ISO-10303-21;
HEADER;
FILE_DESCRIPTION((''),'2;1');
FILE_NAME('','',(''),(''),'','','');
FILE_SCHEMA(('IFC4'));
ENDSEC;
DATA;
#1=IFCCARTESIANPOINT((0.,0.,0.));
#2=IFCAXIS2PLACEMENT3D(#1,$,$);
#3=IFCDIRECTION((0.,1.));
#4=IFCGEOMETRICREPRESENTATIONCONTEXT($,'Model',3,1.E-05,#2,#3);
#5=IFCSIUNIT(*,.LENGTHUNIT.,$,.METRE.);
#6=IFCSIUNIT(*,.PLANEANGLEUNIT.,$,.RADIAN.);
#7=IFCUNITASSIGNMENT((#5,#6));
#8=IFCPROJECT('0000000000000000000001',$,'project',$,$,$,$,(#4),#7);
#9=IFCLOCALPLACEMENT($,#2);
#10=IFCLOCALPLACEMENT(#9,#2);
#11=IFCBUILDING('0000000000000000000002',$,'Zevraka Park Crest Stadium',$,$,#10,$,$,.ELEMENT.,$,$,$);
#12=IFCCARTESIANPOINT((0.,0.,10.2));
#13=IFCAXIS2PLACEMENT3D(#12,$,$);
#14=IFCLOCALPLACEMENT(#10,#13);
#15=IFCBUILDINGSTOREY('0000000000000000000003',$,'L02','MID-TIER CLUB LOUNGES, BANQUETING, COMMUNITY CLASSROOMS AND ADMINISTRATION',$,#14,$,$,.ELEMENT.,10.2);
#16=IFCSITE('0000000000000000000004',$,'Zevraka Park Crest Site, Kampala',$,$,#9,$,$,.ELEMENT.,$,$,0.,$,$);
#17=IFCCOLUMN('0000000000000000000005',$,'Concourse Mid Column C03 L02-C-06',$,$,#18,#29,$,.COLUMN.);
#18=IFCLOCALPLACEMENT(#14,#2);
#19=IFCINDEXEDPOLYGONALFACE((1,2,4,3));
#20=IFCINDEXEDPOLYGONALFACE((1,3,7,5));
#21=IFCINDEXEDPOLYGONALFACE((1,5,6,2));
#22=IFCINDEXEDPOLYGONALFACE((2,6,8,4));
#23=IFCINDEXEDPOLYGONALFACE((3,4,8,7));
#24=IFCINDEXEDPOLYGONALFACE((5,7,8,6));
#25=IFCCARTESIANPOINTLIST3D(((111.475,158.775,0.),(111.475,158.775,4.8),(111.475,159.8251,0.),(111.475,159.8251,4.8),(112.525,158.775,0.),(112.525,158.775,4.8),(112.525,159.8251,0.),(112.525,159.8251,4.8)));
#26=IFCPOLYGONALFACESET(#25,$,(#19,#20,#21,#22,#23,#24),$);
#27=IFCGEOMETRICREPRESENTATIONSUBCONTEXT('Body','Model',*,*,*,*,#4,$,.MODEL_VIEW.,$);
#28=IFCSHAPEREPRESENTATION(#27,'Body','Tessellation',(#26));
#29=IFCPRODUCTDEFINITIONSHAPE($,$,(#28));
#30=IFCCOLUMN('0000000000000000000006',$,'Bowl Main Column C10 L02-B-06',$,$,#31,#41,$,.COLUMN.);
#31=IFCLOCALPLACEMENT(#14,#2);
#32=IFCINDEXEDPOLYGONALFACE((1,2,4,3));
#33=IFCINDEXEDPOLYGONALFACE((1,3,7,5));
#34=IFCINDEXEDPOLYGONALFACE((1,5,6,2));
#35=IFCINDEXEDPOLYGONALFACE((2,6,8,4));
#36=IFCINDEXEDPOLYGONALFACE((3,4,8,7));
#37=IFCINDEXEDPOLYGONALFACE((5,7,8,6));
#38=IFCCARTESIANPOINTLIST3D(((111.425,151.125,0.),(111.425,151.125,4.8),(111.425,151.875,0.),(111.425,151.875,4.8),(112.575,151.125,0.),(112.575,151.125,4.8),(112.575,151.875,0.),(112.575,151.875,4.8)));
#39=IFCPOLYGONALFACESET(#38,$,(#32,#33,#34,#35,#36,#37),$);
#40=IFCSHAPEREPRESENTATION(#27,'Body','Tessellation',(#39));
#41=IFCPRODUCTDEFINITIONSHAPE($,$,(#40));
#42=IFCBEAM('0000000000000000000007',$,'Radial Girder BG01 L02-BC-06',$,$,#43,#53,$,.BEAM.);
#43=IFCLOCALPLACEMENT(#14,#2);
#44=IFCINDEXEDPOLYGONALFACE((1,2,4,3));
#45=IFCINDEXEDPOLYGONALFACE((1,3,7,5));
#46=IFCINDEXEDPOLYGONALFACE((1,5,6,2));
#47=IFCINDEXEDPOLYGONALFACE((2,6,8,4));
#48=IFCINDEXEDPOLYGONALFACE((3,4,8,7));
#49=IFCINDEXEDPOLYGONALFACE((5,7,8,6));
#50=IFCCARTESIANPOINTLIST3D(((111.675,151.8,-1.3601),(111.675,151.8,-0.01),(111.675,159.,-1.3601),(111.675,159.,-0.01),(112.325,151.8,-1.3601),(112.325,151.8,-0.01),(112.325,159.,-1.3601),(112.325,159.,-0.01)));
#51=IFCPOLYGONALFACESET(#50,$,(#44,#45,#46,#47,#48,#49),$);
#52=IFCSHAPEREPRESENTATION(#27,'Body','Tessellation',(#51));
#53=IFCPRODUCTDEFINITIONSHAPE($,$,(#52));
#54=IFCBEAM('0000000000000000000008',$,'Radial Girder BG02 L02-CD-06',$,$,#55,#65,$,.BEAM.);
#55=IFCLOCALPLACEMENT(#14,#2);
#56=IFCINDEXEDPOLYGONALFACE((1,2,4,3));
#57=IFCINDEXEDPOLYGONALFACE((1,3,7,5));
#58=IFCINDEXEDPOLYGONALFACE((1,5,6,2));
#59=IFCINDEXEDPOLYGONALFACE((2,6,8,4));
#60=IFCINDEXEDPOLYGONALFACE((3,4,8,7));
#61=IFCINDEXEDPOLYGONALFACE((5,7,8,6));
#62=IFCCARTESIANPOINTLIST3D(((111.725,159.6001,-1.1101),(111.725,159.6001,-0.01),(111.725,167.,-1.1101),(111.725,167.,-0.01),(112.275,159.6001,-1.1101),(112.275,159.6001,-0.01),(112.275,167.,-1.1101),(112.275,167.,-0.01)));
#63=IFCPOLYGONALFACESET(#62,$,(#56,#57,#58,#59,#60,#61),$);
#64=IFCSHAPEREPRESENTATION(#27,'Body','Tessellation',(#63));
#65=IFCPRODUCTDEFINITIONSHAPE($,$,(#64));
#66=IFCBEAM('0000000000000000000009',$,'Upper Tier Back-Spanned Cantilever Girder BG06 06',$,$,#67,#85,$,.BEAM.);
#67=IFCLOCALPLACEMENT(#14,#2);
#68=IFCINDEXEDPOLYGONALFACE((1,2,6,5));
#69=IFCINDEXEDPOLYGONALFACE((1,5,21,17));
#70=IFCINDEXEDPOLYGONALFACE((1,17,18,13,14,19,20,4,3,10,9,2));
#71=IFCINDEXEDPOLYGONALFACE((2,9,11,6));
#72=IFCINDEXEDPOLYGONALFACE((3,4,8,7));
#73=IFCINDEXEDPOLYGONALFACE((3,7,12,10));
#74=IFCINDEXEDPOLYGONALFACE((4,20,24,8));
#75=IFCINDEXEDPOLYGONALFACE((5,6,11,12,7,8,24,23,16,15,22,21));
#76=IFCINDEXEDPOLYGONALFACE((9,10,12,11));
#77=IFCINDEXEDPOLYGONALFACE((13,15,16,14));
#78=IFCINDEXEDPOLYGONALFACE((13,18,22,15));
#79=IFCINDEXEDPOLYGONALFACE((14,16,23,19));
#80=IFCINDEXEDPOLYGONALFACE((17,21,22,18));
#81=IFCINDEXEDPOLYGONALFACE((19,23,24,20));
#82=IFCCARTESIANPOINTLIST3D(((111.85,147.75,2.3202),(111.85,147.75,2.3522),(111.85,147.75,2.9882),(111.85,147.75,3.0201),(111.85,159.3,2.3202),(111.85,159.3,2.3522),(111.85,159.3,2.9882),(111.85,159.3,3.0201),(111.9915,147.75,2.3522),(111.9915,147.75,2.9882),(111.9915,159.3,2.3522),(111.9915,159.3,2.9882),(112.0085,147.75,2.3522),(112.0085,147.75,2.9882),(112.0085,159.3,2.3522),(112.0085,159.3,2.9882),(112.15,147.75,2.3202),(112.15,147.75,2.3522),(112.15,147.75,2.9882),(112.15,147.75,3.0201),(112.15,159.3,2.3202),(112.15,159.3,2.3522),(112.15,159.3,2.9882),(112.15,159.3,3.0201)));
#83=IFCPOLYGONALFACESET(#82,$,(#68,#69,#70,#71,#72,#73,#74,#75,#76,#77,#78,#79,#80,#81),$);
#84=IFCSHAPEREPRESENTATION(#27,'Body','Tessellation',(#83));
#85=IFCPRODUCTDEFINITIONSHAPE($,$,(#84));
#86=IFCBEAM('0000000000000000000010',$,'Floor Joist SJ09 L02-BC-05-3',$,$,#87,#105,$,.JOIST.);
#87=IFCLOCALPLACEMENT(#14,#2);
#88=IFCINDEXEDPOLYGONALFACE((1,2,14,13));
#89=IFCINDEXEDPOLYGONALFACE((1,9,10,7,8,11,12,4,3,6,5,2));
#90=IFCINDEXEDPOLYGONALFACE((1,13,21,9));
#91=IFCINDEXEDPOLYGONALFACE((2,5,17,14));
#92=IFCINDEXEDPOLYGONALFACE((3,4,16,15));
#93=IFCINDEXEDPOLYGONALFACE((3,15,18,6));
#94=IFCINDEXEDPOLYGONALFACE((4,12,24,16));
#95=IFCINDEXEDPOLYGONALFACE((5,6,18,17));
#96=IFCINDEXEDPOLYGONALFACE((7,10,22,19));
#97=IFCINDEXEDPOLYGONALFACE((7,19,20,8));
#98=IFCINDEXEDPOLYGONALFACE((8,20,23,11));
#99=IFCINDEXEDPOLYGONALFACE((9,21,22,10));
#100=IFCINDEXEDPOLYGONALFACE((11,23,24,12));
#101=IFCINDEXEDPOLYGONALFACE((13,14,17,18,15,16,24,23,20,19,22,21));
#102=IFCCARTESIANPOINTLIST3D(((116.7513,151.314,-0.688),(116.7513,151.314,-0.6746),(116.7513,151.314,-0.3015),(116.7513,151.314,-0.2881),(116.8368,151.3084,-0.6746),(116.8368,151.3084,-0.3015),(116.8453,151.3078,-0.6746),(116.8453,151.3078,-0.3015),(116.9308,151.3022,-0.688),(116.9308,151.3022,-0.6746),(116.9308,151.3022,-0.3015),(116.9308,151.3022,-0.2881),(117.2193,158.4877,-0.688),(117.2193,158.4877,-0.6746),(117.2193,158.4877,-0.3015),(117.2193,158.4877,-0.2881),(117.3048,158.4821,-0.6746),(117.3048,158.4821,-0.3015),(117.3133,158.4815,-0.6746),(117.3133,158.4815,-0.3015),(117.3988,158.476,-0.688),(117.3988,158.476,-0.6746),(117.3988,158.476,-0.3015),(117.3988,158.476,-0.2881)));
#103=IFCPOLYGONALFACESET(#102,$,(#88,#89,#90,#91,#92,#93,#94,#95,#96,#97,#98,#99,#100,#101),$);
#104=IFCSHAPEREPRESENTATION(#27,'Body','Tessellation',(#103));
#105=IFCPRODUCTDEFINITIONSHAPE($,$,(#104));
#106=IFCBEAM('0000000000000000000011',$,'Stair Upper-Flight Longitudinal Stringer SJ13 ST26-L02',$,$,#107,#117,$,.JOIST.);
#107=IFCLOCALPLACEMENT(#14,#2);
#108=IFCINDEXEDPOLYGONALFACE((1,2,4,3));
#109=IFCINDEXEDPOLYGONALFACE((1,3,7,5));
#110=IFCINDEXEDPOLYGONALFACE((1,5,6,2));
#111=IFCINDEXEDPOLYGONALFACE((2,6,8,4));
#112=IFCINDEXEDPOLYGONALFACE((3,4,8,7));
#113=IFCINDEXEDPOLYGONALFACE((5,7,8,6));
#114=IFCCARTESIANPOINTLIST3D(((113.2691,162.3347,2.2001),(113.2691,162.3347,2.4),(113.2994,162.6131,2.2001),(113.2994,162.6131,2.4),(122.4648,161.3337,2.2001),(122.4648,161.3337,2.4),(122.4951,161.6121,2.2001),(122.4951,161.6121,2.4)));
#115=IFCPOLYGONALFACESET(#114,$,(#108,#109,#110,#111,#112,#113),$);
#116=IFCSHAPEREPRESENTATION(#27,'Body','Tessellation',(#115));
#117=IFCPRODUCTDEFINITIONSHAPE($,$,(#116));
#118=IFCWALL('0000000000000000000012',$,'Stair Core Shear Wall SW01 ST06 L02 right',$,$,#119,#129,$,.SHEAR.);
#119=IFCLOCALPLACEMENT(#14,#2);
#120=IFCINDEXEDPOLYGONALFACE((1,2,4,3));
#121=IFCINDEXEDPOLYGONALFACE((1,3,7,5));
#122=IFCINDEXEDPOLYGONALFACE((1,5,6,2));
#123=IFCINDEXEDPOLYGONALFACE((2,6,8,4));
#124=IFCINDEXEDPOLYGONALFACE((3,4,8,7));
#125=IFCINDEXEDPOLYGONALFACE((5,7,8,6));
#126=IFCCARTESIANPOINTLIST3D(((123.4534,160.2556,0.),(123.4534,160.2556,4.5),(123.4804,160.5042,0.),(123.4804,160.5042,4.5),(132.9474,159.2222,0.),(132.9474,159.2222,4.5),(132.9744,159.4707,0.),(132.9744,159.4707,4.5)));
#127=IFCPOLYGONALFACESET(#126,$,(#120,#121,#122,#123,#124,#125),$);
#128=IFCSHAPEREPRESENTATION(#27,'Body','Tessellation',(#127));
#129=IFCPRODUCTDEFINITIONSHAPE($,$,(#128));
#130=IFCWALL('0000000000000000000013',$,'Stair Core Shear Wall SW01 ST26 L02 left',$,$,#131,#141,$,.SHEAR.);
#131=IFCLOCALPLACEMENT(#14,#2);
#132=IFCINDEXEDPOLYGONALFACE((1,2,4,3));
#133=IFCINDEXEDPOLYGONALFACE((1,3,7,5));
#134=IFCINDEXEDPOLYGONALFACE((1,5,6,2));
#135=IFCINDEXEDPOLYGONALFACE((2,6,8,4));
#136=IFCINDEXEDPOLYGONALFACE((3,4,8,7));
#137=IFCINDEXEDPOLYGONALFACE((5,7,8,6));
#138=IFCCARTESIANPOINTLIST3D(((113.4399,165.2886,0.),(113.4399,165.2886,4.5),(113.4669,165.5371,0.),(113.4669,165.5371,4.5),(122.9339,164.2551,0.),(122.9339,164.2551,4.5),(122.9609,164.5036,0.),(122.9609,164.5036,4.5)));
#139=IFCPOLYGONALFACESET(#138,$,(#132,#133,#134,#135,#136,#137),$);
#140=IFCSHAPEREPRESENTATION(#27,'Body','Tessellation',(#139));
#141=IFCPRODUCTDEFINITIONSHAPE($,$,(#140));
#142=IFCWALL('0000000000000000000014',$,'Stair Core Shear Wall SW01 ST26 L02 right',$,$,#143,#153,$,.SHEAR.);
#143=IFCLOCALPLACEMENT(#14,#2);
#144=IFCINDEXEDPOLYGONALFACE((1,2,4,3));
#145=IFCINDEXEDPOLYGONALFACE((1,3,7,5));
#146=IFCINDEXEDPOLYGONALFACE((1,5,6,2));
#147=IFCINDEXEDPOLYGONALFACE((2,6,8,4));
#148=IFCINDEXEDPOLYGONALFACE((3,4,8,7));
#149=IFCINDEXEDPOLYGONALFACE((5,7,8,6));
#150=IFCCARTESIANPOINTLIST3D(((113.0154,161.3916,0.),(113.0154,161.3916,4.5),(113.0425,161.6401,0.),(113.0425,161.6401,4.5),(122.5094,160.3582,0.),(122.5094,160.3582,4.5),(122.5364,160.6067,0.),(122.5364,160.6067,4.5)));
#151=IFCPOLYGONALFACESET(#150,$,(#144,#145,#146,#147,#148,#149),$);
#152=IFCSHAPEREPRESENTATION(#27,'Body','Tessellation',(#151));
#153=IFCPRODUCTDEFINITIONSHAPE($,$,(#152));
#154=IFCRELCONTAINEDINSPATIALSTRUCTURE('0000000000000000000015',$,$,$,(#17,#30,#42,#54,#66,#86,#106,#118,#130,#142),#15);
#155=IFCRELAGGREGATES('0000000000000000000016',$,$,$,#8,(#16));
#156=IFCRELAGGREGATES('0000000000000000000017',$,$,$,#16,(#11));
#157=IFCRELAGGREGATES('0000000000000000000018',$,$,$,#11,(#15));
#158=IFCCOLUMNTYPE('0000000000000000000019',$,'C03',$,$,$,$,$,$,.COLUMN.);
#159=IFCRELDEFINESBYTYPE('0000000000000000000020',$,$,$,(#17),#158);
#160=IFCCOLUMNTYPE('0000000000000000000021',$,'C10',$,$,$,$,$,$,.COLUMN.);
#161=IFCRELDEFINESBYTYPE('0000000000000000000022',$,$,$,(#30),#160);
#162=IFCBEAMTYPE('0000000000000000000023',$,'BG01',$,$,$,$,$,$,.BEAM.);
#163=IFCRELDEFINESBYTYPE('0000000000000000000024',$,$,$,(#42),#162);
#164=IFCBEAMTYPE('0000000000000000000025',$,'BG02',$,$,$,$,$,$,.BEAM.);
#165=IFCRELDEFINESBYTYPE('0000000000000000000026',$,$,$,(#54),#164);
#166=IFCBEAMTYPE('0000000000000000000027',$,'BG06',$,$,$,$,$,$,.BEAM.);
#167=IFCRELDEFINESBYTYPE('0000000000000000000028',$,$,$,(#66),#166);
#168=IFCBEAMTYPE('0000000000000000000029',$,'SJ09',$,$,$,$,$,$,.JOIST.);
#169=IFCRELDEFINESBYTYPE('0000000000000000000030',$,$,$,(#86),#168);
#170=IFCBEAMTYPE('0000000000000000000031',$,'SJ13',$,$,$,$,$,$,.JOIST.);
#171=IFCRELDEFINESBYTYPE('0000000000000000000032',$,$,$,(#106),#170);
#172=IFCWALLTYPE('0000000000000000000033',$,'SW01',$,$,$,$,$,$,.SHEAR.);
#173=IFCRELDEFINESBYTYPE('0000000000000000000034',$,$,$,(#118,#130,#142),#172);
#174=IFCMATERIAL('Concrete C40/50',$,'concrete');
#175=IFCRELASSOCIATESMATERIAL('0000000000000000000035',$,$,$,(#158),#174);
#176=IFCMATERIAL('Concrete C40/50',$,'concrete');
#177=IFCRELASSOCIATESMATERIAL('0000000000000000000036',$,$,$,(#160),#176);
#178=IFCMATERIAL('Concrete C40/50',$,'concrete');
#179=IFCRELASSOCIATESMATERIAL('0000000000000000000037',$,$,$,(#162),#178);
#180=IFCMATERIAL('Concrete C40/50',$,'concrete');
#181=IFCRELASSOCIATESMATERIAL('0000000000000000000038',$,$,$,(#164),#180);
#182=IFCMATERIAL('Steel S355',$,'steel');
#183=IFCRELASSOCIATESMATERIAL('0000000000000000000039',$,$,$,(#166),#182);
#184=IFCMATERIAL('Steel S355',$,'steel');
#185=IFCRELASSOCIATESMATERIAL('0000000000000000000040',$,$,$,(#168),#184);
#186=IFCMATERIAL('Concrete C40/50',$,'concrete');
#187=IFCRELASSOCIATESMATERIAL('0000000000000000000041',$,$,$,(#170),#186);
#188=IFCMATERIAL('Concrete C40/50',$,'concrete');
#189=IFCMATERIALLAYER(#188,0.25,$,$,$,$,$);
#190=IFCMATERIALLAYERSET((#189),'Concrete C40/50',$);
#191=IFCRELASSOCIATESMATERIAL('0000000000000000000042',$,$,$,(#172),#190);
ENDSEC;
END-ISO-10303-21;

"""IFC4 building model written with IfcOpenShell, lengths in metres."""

from ifc_helpers import new_model, si_unit, direction, frame, frame_2d, origin, origin_2d, place, context, subcontext, project, spatial, rectangle, i_section, extrude, material, layer, layer_set, material_profile, profile_set, type_object, element, save


model = new_model("IFC4")

# Units and contexts
model_context = context("Model", 3, precision=1e-05, world=origin(), true_north=direction((0.0, 1.0)))
body_context = subcontext(model_context, "Body", "Model", "MODEL_VIEW")
ifc_project = project(units=[si_unit("LENGTHUNIT", "METRE"), si_unit("PLANEANGLEUNIT", "RADIAN")], contexts=[model_context])

# Site, building, storey
site_placement = place(None, origin())
site = spatial("IfcSite", under=ifc_project, at=site_placement, Name="Zevraka Park Crest Site, Kampala", CompositionType="ELEMENT", RefElevation=0.0)
building_placement = place(site_placement, origin())
building = spatial("IfcBuilding", under=site, at=building_placement, Name="Zevraka Park Crest Stadium", CompositionType="ELEMENT")
storey_placement = place(building_placement, frame((0.0, 0.0, 10.2)))
storey = spatial("IfcBuildingStorey", under=building, at=storey_placement, Name="L02", Description="MID-TIER CLUB LOUNGES, BANQUETING, COMMUNITY CLASSROOMS AND ADMINISTRATION", CompositionType="ELEMENT", Elevation=10.2)

# Columns
ifc_material_1 = material(Name="Concrete C40/50", Category="concrete")
ifc_material_profile_1 = material_profile(ifc_material_1, rectangle(XDim=1.05, YDim=1.05, at=origin_2d()), Name="RC 1050x1050")
ifc_profile_set_1 = profile_set([ifc_material_profile_1], Name="Concrete C40/50")
column_type_1 = type_object("IfcColumnType", Name="C03", PredefinedType="COLUMN", material=ifc_profile_set_1)
column_1_placement = place(storey_placement, frame((112.0, 159.3, 0.0), z_axis=(0.0, 0.0, 1.0), x_axis=(0.0, 1.0, 0.0)))
element("IfcColumn", 1, at=column_1_placement, inside=storey, type_object=column_type_1, Name="Concourse Mid Column C03 L02-C-06", PredefinedType="COLUMN", context=body_context, shape_type="SweptSolid", body=[
    extrude(rectangle(XDim=1.05, YDim=1.05, at=origin_2d()), origin(), (0.0, 0.0, 1.0), 4.8),
])
ifc_material_2 = material(Name="Concrete C40/50", Category="concrete")
ifc_material_profile_2 = material_profile(ifc_material_2, rectangle(XDim=0.75, YDim=1.1499, at=origin_2d()), Name="RC 1150x750")
ifc_profile_set_2 = profile_set([ifc_material_profile_2], Name="Concrete C40/50")
column_type_2 = type_object("IfcColumnType", Name="C10", PredefinedType="COLUMN", material=ifc_profile_set_2)
column_2_placement = place(storey_placement, frame((112.0, 151.5, 0.0), z_axis=(0.0, 0.0, 1.0), x_axis=(0.0, 1.0, 0.0)))
element("IfcColumn", 2, at=column_2_placement, inside=storey, type_object=column_type_2, Name="Bowl Main Column C10 L02-B-06", PredefinedType="COLUMN", context=body_context, shape_type="SweptSolid", body=[
    extrude(rectangle(XDim=0.75, YDim=1.1499, at=origin_2d()), origin(), (0.0, 0.0, 1.0), 4.8),
])

# Beams
ifc_material_3 = material(Name="Concrete C40/50", Category="concrete")
ifc_material_profile_3 = material_profile(ifc_material_3, rectangle(XDim=0.6499, YDim=1.3501, at=origin_2d()), Name="RC 1350x650")
ifc_profile_set_3 = profile_set([ifc_material_profile_3], Name="Concrete C40/50")
beam_type_1 = type_object("IfcBeamType", Name="BG01", PredefinedType="BEAM", material=ifc_profile_set_3)
beam_1_placement = place(storey_placement, frame((112.0, 151.8, -0.6851), z_axis=(0.0, 1.0, 0.0), x_axis=(-1.0, 0.0, 0.0)))
element("IfcBeam", 3, at=beam_1_placement, inside=storey, type_object=beam_type_1, Name="Radial Girder BG01 L02-BC-06", PredefinedType="BEAM", context=body_context, shape_type="SweptSolid", body=[
    extrude(rectangle(XDim=0.6499, YDim=1.3501, at=origin_2d()), origin(), (0.0, 0.0, 1.0), 7.2),
])
ifc_material_4 = material(Name="Concrete C40/50", Category="concrete")
ifc_material_profile_4 = material_profile(ifc_material_4, rectangle(XDim=0.55, YDim=1.1001, at=origin_2d()), Name="RC 1100x550")
ifc_profile_set_4 = profile_set([ifc_material_profile_4], Name="Concrete C40/50")
beam_type_2 = type_object("IfcBeamType", Name="BG02", PredefinedType="BEAM", material=ifc_profile_set_4)
beam_2_placement = place(storey_placement, frame((112.0, 159.6001, -0.5601), z_axis=(0.0, 1.0, 0.0), x_axis=(-1.0, 0.0, 0.0)))
element("IfcBeam", 4, at=beam_2_placement, inside=storey, type_object=beam_type_2, Name="Radial Girder BG02 L02-CD-06", PredefinedType="BEAM", context=body_context, shape_type="SweptSolid", body=[
    extrude(rectangle(XDim=0.55, YDim=1.1001, at=origin_2d()), origin(), (0.0, 0.0, 1.0), 7.3999),
])
ifc_material_5 = material(Name="Steel S355", Category="steel")
ifc_material_profile_5 = material_profile(ifc_material_5, i_section(OverallWidth=0.3, OverallDepth=0.7, WebThickness=0.0171, FlangeThickness=0.032, at=origin_2d()), Name="HEB 700")
ifc_profile_set_5 = profile_set([ifc_material_profile_5], Name="Steel S355")
beam_type_3 = type_object("IfcBeamType", Name="BG06", PredefinedType="BEAM", material=ifc_profile_set_5)
beam_3_placement = place(storey_placement, frame((112.0, 159.3, 2.6702), z_axis=(0.0, -1.0, 0.0), x_axis=(1.0, 0.0, 0.0)))
element("IfcBeam", 5, at=beam_3_placement, inside=storey, type_object=beam_type_3, Name="Upper Tier Back-Spanned Cantilever Girder BG06 06", PredefinedType="BEAM", context=body_context, shape_type="SweptSolid", body=[
    extrude(i_section(OverallWidth=0.3, OverallDepth=0.7, WebThickness=0.0171, FlangeThickness=0.032, at=origin_2d()), origin(), (0.0, 0.0, 1.0), 11.55),
])
ifc_material_6 = material(Name="Steel S355", Category="steel")
ifc_material_profile_6 = material_profile(ifc_material_6, i_section(OverallWidth=0.1799, OverallDepth=0.3999, WebThickness=0.0085, FlangeThickness=0.0134, at=origin_2d()), Name="IPE 400")
ifc_profile_set_6 = profile_set([ifc_material_profile_6], Name="Steel S355")
beam_type_4 = type_object("IfcBeamType", Name="SJ09", PredefinedType="JOIST", material=ifc_profile_set_6)
beam_4_placement = place(storey_placement, frame((116.8411, 151.3081, -0.488), z_axis=(0.065101, 0.997879, 0.0), x_axis=(-0.997879, 0.065101, 0.0)))
element("IfcBeam", 6, at=beam_4_placement, inside=storey, type_object=beam_type_4, Name="Floor Joist SJ09 L02-BC-05-3", PredefinedType="JOIST", context=body_context, shape_type="SweptSolid", body=[
    extrude(i_section(OverallWidth=0.1799, OverallDepth=0.3999, WebThickness=0.0085, FlangeThickness=0.0134, at=origin_2d()), origin(), (0.0, 0.0, 1.0), 7.189),
])
ifc_material_7 = material(Name="Concrete C40/50", Category="concrete")
ifc_material_profile_7 = material_profile(ifc_material_7, rectangle(XDim=0.28, YDim=0.2, at=origin_2d()), Name="RC 200x280")
ifc_profile_set_7 = profile_set([ifc_material_profile_7], Name="Concrete C40/50")
beam_type_5 = type_object("IfcBeamType", Name="SJ13", PredefinedType="JOIST", material=ifc_profile_set_7)
beam_5_placement = place(storey_placement, frame((122.48, 161.4729, 2.3), z_axis=(-0.994128, 0.108212, 0.0), x_axis=(-0.108212, -0.994128, 0.0)))
element("IfcBeam", 7, at=beam_5_placement, inside=storey, type_object=beam_type_5, Name="Stair Upper-Flight Longitudinal Stringer SJ13 ST26-L02", PredefinedType="JOIST", context=body_context, shape_type="SweptSolid", body=[
    extrude(rectangle(XDim=0.28, YDim=0.2, at=origin_2d()), origin(), (0.0, 0.0, 1.0), 9.25),
])

# Walls
ifc_material_8 = material(Name="Concrete C40/50", Category="concrete")
ifc_layer = layer(ifc_material_8, 0.25)
ifc_layer_set = layer_set([ifc_layer], Name="Concrete C40/50")
wall_type = type_object("IfcWallType", Name="SW01", PredefinedType="SHEAR", material=ifc_layer_set)
for number, where, z_axis, x_axis, name in (
    (8, (123.467, 160.3799, 0.0), (0.0, 0.0, 1.0), (0.994128, -0.108215, 0.0), "Stair Core Shear Wall SW01 ST06 L02 right"),
    (9, (122.9473, 164.3794, 0.0), (0.0, 0.0, 1.0), (-0.994128, 0.108215, 0.0), "Stair Core Shear Wall SW01 ST26 L02 left"),
    (10, (113.0291, 161.5159, 0.0), (0.0, 0.0, 1.0), (0.994128, -0.108215, 0.0), "Stair Core Shear Wall SW01 ST26 L02 right"),
):
    element("IfcWall", number, at=place(storey_placement, frame(where, z_axis=z_axis, x_axis=x_axis)), inside=storey, type_object=wall_type, Name=name, PredefinedType="SHEAR", context=body_context, shape_type="SweptSolid", body=[
        extrude(rectangle(XDim=9.55, YDim=0.25, at=frame_2d((4.7749, 0.0))), origin(), (0.0, 0.0, 1.0), 4.5),
    ])

save(model, "model.ifc")
